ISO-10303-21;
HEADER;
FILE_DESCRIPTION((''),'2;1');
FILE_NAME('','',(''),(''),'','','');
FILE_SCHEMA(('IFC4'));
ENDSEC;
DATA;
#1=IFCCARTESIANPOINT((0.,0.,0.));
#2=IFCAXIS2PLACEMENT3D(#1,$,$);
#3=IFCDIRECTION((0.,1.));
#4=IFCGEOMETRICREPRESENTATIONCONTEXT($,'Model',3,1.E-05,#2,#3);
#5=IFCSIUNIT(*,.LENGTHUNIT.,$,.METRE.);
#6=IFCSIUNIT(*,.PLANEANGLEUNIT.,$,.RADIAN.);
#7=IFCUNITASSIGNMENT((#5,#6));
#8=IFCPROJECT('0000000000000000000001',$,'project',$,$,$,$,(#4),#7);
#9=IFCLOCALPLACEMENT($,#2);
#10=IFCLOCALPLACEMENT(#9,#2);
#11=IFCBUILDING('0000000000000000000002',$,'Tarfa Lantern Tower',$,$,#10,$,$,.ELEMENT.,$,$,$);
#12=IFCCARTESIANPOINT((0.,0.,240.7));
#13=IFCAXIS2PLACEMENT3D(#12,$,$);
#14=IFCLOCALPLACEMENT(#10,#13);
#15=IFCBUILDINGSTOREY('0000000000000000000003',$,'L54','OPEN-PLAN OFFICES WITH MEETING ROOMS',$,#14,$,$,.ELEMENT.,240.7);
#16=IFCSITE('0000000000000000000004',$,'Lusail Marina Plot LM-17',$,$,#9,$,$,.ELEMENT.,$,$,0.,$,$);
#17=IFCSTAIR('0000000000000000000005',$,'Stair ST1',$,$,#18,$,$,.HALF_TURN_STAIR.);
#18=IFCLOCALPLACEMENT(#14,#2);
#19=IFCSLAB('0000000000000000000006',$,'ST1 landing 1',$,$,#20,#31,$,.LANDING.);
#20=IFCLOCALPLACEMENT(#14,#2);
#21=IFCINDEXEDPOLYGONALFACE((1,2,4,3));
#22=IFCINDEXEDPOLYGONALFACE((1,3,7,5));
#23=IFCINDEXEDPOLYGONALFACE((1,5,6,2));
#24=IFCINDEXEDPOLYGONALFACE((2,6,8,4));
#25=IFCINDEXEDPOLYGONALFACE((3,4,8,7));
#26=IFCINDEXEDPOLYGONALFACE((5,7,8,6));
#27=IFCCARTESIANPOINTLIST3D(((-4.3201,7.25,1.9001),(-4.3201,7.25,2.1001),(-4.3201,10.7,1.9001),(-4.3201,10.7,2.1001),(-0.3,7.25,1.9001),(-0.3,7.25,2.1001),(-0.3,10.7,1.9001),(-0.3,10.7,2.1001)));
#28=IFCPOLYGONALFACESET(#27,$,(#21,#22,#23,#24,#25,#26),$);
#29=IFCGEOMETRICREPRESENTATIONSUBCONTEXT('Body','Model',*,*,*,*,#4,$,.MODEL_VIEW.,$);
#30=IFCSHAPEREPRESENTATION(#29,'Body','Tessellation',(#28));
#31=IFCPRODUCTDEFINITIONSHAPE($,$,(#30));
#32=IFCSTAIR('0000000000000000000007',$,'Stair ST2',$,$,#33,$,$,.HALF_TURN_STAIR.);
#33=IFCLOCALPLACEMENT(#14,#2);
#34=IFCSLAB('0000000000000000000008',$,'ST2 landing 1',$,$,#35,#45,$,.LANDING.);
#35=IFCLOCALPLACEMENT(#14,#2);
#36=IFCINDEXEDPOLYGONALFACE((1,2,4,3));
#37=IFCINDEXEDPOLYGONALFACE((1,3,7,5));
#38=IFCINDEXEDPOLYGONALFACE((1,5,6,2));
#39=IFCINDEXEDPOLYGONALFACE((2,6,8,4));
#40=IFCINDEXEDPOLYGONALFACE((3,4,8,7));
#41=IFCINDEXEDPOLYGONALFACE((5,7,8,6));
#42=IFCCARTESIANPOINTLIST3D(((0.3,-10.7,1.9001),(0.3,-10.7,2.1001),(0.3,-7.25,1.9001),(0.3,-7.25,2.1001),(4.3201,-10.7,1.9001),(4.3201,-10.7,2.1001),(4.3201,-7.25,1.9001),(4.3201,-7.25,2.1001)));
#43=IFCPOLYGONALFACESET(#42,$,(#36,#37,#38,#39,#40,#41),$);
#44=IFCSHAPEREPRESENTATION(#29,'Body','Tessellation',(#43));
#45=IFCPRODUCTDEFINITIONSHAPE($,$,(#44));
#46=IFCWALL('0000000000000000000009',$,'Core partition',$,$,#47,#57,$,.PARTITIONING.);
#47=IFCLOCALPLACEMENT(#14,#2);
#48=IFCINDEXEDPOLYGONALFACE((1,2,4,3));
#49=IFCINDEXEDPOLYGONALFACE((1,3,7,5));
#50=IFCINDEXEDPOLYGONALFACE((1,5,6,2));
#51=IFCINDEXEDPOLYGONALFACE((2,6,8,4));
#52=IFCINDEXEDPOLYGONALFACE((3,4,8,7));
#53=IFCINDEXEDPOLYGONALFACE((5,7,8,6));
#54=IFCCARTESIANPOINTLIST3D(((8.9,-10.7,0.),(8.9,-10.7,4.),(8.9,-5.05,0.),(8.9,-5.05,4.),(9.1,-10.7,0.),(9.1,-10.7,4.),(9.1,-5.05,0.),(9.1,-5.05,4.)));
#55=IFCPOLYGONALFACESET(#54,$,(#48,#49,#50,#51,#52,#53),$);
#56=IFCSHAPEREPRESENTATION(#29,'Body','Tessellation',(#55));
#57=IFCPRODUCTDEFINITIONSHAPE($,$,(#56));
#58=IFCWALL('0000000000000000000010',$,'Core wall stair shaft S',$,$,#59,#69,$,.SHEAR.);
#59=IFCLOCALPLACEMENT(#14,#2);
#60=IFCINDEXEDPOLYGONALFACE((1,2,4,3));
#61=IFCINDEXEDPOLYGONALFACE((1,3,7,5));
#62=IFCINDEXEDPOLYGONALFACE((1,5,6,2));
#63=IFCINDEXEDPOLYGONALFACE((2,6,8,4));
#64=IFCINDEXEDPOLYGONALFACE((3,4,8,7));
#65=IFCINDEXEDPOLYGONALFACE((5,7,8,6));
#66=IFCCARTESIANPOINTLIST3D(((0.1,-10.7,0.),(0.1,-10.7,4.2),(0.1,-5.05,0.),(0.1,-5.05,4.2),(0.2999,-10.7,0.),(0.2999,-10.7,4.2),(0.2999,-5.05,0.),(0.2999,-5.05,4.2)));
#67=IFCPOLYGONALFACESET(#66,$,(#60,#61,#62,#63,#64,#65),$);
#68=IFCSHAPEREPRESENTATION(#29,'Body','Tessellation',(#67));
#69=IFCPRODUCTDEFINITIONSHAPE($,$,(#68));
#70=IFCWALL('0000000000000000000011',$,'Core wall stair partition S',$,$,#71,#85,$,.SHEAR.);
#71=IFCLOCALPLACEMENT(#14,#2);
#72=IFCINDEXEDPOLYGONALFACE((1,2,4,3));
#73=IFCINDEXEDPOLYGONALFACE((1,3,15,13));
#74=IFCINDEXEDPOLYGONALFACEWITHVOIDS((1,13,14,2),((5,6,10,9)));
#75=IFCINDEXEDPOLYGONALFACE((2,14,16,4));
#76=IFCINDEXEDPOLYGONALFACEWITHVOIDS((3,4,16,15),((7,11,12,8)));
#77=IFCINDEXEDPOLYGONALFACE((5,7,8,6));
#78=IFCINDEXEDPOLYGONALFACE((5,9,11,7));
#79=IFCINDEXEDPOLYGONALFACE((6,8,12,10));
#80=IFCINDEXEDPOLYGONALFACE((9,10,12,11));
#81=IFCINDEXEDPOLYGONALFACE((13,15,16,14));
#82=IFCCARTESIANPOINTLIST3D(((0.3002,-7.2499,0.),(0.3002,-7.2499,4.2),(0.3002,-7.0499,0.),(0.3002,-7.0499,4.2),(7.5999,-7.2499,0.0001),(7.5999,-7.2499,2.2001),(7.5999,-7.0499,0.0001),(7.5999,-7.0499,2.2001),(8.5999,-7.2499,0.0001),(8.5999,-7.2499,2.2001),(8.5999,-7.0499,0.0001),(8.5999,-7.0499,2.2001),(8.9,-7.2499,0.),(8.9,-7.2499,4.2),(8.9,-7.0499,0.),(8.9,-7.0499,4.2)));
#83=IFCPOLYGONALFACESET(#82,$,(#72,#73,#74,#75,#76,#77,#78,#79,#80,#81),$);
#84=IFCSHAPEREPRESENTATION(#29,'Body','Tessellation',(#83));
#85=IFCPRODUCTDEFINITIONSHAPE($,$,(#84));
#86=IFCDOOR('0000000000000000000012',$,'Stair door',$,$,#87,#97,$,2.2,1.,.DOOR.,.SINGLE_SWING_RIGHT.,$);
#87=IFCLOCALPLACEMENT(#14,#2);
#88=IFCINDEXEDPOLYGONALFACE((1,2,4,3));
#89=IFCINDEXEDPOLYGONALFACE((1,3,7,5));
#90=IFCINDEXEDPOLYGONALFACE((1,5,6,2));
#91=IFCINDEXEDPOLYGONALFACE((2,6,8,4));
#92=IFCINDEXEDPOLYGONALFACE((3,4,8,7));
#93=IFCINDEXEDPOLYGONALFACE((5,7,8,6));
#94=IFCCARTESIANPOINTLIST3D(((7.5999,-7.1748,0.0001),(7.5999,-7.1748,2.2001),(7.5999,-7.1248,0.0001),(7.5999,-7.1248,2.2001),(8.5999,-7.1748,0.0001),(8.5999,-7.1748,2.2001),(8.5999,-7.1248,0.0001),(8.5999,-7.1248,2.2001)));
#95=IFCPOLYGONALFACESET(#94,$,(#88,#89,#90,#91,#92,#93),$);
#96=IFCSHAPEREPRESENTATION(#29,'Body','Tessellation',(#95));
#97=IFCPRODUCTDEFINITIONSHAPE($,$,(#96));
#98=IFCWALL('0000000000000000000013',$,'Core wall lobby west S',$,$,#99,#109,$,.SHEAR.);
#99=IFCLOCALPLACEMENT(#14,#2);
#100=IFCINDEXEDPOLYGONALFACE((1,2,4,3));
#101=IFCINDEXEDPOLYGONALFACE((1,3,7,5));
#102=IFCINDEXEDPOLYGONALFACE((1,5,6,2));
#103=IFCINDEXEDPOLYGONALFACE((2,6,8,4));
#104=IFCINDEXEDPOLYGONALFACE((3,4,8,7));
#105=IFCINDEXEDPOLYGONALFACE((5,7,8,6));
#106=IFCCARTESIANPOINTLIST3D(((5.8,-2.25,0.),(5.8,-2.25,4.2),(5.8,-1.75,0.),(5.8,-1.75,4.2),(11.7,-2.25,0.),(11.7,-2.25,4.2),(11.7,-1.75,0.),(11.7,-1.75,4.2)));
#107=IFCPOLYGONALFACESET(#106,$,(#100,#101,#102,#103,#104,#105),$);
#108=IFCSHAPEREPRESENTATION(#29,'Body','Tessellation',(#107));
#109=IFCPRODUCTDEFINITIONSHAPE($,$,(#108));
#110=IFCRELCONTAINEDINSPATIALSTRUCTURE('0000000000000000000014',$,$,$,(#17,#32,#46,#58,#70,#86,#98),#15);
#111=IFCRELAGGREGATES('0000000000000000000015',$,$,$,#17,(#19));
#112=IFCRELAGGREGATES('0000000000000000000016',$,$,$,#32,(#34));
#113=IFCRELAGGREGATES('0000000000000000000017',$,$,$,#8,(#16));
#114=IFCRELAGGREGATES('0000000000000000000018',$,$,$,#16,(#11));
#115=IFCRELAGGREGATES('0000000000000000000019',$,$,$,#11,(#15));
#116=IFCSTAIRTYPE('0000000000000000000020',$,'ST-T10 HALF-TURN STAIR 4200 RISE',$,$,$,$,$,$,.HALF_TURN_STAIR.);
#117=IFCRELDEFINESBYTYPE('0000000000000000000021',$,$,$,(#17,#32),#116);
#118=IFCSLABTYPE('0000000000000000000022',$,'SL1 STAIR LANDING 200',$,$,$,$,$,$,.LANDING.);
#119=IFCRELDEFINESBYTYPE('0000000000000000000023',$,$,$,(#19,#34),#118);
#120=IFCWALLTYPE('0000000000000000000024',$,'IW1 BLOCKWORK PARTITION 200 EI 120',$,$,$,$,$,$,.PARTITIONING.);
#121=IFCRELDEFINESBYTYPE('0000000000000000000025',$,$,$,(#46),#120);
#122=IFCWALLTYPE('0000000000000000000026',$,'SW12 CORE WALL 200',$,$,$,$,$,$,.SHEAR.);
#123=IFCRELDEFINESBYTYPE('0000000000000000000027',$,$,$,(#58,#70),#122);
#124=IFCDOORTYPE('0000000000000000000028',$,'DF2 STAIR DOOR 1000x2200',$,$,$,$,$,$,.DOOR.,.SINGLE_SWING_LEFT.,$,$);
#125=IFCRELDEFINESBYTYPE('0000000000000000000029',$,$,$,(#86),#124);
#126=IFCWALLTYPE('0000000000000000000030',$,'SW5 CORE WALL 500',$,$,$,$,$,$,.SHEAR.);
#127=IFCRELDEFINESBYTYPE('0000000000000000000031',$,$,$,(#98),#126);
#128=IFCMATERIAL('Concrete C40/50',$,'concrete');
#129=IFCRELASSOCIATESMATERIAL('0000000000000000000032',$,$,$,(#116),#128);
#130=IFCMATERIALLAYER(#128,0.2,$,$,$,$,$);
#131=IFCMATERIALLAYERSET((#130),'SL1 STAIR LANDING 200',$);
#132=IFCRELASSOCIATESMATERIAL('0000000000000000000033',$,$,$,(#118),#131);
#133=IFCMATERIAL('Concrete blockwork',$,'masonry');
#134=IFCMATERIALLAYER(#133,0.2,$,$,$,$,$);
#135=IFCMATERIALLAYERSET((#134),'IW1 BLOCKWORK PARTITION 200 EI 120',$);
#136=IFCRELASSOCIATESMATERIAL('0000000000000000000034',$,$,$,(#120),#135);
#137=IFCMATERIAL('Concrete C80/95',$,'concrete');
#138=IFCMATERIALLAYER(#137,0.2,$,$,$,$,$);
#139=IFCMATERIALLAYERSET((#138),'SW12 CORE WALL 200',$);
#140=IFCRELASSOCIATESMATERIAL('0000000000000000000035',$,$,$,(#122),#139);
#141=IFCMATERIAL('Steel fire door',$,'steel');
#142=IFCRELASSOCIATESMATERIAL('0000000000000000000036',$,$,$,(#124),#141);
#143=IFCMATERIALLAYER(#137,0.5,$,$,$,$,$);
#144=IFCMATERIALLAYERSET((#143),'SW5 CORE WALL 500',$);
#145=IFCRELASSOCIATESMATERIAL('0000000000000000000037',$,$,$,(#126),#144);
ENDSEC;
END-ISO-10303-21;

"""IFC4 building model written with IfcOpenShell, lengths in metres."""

from ifc_helpers import new_model, si_unit, direction, frame, frame_2d, origin, place, context, subcontext, project, spatial, polyline, rectangle, outline, extrude, material, layer, layer_set, type_object, element, fill, aggregate, save


model = new_model("IFC4")

# Units and contexts
model_context = context("Model", 3, precision=1e-05, world=origin(), true_north=direction((0.0, 1.0)))
body_context = subcontext(model_context, "Body", "Model", "MODEL_VIEW")
ifc_project = project(units=[si_unit("LENGTHUNIT", "METRE"), si_unit("PLANEANGLEUNIT", "RADIAN")], contexts=[model_context])

# Site, building, storey
site_placement = place(None, origin())
site = spatial("IfcSite", under=ifc_project, at=site_placement, Name="Lusail Marina Plot LM-17", CompositionType="ELEMENT", RefElevation=0.0)
building_placement = place(site_placement, origin())
building = spatial("IfcBuilding", under=site, at=building_placement, Name="Tarfa Lantern Tower", CompositionType="ELEMENT")
storey_placement = place(building_placement, frame((0.0, 0.0, 240.7)))
storey = spatial("IfcBuildingStorey", under=building, at=storey_placement, Name="L54", Description="OPEN-PLAN OFFICES WITH MEETING ROOMS", CompositionType="ELEMENT", Elevation=240.7)

# Stairs, slabs
ifc_material_1 = material(Name="Concrete C40/50", Category="concrete")
stair_type = type_object("IfcStairType", Name="ST-T10 HALF-TURN STAIR 4200 RISE", PredefinedType="HALF_TURN_STAIR", material=ifc_material_1)
stair_1_placement = place(storey_placement, origin())
stair_1 = element("IfcStair", 1, at=stair_1_placement, inside=storey, type_object=stair_type, Name="Stair ST1", PredefinedType="HALF_TURN_STAIR")
ifc_layer_1 = layer(ifc_material_1, 0.2)
ifc_layer_set_1 = layer_set([ifc_layer_1], Name="SL1 STAIR LANDING 200")
slab_type = type_object("IfcSlabType", Name="SL1 STAIR LANDING 200", PredefinedType="LANDING", material=ifc_layer_set_1)
slab_1_placement = place(storey_placement, frame((0.0, 0.0, 1.9001)))
slab_1 = element("IfcSlab", 2, at=slab_1_placement, type_object=slab_type, Name="ST1 landing 1", PredefinedType="LANDING", context=body_context, shape_type="SweptSolid", body=[
    extrude(outline(polyline([(-4.3201, 7.25), (-0.3, 7.25), (-0.3, 10.7), (-4.3201, 10.7), (-4.3201, 7.25)])), origin(), (0.0, 0.0, 1.0), 0.2),
])
aggregate(stair_1, [slab_1])
stair_2_placement = place(storey_placement, origin())
stair_2 = element("IfcStair", 3, at=stair_2_placement, inside=storey, type_object=stair_type, Name="Stair ST2", PredefinedType="HALF_TURN_STAIR")
slab_2_placement = place(storey_placement, frame((0.0, 0.0, 1.9001)))
slab_2 = element("IfcSlab", 4, at=slab_2_placement, type_object=slab_type, Name="ST2 landing 1", PredefinedType="LANDING", context=body_context, shape_type="SweptSolid", body=[
    extrude(outline(polyline([(4.3201, -7.25), (0.3, -7.25), (0.3, -10.7), (4.3201, -10.7), (4.3201, -7.25)])), origin(), (0.0, 0.0, 1.0), 0.2),
])

# Walls
ifc_material_2 = material(Name="Concrete blockwork", Category="masonry")
ifc_layer_2 = layer(ifc_material_2, 0.2)
ifc_layer_set_2 = layer_set([ifc_layer_2], Name="IW1 BLOCKWORK PARTITION 200 EI 120")
wall_type_1 = type_object("IfcWallType", Name="IW1 BLOCKWORK PARTITION 200 EI 120", PredefinedType="PARTITIONING", material=ifc_layer_set_2)
wall_1_placement = place(storey_placement, frame((9.0, -5.05, 0.0), z_axis=(0.0, 0.0, 1.0), x_axis=(0.0, -1.0, 0.0)))
element("IfcWall", 5, at=wall_1_placement, inside=storey, type_object=wall_type_1, Name="Core partition", PredefinedType="PARTITIONING", context=body_context, shape_type="SweptSolid", body=[
    extrude(rectangle(XDim=5.6499, YDim=0.2, at=frame_2d((2.825, 0.0))), origin(), (0.0, 0.0, 1.0), 4.0),
])
ifc_material_3 = material(Name="Concrete C80/95", Category="concrete")
ifc_layer_3 = layer(ifc_material_3, 0.2)
ifc_layer_set_3 = layer_set([ifc_layer_3], Name="SW12 CORE WALL 200")
wall_type_2 = type_object("IfcWallType", Name="SW12 CORE WALL 200", PredefinedType="SHEAR", material=ifc_layer_set_3)
wall_2_placement = place(storey_placement, frame((0.2, -5.05, 0.0), z_axis=(0.0, 0.0, 1.0), x_axis=(0.0, -1.0, 0.0)))
element("IfcWall", 6, at=wall_2_placement, inside=storey, type_object=wall_type_2, Name="Core wall stair shaft S", PredefinedType="SHEAR", context=body_context, shape_type="SweptSolid", body=[
    extrude(rectangle(XDim=5.6499, YDim=0.2, at=frame_2d((2.825, 0.0))), origin(), (0.0, 0.0, 1.0), 4.2),
])

# Wall, opening, door
wall_3_placement = place(storey_placement, frame((8.8999, -7.1499, 0.0), z_axis=(0.0, 0.0, 1.0), x_axis=(-1.0, 0.0, 0.0)))
wall_3 = element("IfcWall", 7, at=wall_3_placement, inside=storey, type_object=wall_type_2, Name="Core wall stair partition S", PredefinedType="SHEAR", context=body_context, shape_type="SweptSolid", body=[
    extrude(rectangle(XDim=8.5999, YDim=0.2, at=frame_2d((4.2998, 0.0))), origin(), (0.0, 0.0, 1.0), 4.2),
])
opening_1_placement = place(wall_3_placement, frame((0.3, 0.0, 0.0)))
opening_1 = element("IfcOpeningElement", 8, at=opening_1_placement, cuts=wall_3, PredefinedType="OPENING", context=body_context, shape_type="SweptSolid", body=[
    extrude(rectangle(XDim=1.0, YDim=2.2, at=frame_2d((0.5, 1.1001))), frame((0.0, 0.1099, 0.0), z_axis=(0.0, -1.0, 0.0), x_axis=(1.0, 0.0, 0.0)), (0.0, 0.0, 1.0), 0.22),
])
ifc_material_4 = material(Name="Steel fire door", Category="steel")
door_type_1 = type_object("IfcDoorType", Name="DF2 STAIR DOOR 1000x2200", OperationType="SINGLE_SWING_LEFT", PredefinedType="DOOR", material=ifc_material_4)
door_1_placement = place(opening_1_placement, origin())
door_1 = element("IfcDoor", 9, at=door_1_placement, inside=storey, type_object=door_type_1, Name="Stair door", OperationType="SINGLE_SWING_RIGHT", OverallHeight=2.2, OverallWidth=1.0, PredefinedType="DOOR", context=body_context, shape_type="SweptSolid", body=[
    extrude(rectangle(XDim=1.0, YDim=2.2, at=frame_2d((0.5, 1.1001))), frame((0.0, 0.0249, 0.0), z_axis=(0.0, -1.0, 0.0), x_axis=(1.0, 0.0, 0.0)), (0.0, 0.0, 1.0), 0.05),
])
fill(opening_1, door_1)

# Wall
ifc_layer_4 = layer(ifc_material_3, 0.5)
ifc_layer_set_4 = layer_set([ifc_layer_4], Name="SW5 CORE WALL 500")
wall_type_3 = type_object("IfcWallType", Name="SW5 CORE WALL 500", PredefinedType="SHEAR", material=ifc_layer_set_4)
wall_4_placement = place(storey_placement, frame((11.7, -2.0, 0.0), z_axis=(0.0, 0.0, 1.0), x_axis=(-1.0, 0.0, 0.0)))
element("IfcWall", 10, at=wall_4_placement, inside=storey, type_object=wall_type_3, Name="Core wall lobby west S", PredefinedType="SHEAR", context=body_context, shape_type="SweptSolid", body=[
    extrude(rectangle(XDim=5.8999, YDim=0.5, at=frame_2d((2.95, 0.0))), origin(), (0.0, 0.0, 1.0), 4.2),
])

aggregate(stair_2, [slab_2])

save(model, "model.ifc")
